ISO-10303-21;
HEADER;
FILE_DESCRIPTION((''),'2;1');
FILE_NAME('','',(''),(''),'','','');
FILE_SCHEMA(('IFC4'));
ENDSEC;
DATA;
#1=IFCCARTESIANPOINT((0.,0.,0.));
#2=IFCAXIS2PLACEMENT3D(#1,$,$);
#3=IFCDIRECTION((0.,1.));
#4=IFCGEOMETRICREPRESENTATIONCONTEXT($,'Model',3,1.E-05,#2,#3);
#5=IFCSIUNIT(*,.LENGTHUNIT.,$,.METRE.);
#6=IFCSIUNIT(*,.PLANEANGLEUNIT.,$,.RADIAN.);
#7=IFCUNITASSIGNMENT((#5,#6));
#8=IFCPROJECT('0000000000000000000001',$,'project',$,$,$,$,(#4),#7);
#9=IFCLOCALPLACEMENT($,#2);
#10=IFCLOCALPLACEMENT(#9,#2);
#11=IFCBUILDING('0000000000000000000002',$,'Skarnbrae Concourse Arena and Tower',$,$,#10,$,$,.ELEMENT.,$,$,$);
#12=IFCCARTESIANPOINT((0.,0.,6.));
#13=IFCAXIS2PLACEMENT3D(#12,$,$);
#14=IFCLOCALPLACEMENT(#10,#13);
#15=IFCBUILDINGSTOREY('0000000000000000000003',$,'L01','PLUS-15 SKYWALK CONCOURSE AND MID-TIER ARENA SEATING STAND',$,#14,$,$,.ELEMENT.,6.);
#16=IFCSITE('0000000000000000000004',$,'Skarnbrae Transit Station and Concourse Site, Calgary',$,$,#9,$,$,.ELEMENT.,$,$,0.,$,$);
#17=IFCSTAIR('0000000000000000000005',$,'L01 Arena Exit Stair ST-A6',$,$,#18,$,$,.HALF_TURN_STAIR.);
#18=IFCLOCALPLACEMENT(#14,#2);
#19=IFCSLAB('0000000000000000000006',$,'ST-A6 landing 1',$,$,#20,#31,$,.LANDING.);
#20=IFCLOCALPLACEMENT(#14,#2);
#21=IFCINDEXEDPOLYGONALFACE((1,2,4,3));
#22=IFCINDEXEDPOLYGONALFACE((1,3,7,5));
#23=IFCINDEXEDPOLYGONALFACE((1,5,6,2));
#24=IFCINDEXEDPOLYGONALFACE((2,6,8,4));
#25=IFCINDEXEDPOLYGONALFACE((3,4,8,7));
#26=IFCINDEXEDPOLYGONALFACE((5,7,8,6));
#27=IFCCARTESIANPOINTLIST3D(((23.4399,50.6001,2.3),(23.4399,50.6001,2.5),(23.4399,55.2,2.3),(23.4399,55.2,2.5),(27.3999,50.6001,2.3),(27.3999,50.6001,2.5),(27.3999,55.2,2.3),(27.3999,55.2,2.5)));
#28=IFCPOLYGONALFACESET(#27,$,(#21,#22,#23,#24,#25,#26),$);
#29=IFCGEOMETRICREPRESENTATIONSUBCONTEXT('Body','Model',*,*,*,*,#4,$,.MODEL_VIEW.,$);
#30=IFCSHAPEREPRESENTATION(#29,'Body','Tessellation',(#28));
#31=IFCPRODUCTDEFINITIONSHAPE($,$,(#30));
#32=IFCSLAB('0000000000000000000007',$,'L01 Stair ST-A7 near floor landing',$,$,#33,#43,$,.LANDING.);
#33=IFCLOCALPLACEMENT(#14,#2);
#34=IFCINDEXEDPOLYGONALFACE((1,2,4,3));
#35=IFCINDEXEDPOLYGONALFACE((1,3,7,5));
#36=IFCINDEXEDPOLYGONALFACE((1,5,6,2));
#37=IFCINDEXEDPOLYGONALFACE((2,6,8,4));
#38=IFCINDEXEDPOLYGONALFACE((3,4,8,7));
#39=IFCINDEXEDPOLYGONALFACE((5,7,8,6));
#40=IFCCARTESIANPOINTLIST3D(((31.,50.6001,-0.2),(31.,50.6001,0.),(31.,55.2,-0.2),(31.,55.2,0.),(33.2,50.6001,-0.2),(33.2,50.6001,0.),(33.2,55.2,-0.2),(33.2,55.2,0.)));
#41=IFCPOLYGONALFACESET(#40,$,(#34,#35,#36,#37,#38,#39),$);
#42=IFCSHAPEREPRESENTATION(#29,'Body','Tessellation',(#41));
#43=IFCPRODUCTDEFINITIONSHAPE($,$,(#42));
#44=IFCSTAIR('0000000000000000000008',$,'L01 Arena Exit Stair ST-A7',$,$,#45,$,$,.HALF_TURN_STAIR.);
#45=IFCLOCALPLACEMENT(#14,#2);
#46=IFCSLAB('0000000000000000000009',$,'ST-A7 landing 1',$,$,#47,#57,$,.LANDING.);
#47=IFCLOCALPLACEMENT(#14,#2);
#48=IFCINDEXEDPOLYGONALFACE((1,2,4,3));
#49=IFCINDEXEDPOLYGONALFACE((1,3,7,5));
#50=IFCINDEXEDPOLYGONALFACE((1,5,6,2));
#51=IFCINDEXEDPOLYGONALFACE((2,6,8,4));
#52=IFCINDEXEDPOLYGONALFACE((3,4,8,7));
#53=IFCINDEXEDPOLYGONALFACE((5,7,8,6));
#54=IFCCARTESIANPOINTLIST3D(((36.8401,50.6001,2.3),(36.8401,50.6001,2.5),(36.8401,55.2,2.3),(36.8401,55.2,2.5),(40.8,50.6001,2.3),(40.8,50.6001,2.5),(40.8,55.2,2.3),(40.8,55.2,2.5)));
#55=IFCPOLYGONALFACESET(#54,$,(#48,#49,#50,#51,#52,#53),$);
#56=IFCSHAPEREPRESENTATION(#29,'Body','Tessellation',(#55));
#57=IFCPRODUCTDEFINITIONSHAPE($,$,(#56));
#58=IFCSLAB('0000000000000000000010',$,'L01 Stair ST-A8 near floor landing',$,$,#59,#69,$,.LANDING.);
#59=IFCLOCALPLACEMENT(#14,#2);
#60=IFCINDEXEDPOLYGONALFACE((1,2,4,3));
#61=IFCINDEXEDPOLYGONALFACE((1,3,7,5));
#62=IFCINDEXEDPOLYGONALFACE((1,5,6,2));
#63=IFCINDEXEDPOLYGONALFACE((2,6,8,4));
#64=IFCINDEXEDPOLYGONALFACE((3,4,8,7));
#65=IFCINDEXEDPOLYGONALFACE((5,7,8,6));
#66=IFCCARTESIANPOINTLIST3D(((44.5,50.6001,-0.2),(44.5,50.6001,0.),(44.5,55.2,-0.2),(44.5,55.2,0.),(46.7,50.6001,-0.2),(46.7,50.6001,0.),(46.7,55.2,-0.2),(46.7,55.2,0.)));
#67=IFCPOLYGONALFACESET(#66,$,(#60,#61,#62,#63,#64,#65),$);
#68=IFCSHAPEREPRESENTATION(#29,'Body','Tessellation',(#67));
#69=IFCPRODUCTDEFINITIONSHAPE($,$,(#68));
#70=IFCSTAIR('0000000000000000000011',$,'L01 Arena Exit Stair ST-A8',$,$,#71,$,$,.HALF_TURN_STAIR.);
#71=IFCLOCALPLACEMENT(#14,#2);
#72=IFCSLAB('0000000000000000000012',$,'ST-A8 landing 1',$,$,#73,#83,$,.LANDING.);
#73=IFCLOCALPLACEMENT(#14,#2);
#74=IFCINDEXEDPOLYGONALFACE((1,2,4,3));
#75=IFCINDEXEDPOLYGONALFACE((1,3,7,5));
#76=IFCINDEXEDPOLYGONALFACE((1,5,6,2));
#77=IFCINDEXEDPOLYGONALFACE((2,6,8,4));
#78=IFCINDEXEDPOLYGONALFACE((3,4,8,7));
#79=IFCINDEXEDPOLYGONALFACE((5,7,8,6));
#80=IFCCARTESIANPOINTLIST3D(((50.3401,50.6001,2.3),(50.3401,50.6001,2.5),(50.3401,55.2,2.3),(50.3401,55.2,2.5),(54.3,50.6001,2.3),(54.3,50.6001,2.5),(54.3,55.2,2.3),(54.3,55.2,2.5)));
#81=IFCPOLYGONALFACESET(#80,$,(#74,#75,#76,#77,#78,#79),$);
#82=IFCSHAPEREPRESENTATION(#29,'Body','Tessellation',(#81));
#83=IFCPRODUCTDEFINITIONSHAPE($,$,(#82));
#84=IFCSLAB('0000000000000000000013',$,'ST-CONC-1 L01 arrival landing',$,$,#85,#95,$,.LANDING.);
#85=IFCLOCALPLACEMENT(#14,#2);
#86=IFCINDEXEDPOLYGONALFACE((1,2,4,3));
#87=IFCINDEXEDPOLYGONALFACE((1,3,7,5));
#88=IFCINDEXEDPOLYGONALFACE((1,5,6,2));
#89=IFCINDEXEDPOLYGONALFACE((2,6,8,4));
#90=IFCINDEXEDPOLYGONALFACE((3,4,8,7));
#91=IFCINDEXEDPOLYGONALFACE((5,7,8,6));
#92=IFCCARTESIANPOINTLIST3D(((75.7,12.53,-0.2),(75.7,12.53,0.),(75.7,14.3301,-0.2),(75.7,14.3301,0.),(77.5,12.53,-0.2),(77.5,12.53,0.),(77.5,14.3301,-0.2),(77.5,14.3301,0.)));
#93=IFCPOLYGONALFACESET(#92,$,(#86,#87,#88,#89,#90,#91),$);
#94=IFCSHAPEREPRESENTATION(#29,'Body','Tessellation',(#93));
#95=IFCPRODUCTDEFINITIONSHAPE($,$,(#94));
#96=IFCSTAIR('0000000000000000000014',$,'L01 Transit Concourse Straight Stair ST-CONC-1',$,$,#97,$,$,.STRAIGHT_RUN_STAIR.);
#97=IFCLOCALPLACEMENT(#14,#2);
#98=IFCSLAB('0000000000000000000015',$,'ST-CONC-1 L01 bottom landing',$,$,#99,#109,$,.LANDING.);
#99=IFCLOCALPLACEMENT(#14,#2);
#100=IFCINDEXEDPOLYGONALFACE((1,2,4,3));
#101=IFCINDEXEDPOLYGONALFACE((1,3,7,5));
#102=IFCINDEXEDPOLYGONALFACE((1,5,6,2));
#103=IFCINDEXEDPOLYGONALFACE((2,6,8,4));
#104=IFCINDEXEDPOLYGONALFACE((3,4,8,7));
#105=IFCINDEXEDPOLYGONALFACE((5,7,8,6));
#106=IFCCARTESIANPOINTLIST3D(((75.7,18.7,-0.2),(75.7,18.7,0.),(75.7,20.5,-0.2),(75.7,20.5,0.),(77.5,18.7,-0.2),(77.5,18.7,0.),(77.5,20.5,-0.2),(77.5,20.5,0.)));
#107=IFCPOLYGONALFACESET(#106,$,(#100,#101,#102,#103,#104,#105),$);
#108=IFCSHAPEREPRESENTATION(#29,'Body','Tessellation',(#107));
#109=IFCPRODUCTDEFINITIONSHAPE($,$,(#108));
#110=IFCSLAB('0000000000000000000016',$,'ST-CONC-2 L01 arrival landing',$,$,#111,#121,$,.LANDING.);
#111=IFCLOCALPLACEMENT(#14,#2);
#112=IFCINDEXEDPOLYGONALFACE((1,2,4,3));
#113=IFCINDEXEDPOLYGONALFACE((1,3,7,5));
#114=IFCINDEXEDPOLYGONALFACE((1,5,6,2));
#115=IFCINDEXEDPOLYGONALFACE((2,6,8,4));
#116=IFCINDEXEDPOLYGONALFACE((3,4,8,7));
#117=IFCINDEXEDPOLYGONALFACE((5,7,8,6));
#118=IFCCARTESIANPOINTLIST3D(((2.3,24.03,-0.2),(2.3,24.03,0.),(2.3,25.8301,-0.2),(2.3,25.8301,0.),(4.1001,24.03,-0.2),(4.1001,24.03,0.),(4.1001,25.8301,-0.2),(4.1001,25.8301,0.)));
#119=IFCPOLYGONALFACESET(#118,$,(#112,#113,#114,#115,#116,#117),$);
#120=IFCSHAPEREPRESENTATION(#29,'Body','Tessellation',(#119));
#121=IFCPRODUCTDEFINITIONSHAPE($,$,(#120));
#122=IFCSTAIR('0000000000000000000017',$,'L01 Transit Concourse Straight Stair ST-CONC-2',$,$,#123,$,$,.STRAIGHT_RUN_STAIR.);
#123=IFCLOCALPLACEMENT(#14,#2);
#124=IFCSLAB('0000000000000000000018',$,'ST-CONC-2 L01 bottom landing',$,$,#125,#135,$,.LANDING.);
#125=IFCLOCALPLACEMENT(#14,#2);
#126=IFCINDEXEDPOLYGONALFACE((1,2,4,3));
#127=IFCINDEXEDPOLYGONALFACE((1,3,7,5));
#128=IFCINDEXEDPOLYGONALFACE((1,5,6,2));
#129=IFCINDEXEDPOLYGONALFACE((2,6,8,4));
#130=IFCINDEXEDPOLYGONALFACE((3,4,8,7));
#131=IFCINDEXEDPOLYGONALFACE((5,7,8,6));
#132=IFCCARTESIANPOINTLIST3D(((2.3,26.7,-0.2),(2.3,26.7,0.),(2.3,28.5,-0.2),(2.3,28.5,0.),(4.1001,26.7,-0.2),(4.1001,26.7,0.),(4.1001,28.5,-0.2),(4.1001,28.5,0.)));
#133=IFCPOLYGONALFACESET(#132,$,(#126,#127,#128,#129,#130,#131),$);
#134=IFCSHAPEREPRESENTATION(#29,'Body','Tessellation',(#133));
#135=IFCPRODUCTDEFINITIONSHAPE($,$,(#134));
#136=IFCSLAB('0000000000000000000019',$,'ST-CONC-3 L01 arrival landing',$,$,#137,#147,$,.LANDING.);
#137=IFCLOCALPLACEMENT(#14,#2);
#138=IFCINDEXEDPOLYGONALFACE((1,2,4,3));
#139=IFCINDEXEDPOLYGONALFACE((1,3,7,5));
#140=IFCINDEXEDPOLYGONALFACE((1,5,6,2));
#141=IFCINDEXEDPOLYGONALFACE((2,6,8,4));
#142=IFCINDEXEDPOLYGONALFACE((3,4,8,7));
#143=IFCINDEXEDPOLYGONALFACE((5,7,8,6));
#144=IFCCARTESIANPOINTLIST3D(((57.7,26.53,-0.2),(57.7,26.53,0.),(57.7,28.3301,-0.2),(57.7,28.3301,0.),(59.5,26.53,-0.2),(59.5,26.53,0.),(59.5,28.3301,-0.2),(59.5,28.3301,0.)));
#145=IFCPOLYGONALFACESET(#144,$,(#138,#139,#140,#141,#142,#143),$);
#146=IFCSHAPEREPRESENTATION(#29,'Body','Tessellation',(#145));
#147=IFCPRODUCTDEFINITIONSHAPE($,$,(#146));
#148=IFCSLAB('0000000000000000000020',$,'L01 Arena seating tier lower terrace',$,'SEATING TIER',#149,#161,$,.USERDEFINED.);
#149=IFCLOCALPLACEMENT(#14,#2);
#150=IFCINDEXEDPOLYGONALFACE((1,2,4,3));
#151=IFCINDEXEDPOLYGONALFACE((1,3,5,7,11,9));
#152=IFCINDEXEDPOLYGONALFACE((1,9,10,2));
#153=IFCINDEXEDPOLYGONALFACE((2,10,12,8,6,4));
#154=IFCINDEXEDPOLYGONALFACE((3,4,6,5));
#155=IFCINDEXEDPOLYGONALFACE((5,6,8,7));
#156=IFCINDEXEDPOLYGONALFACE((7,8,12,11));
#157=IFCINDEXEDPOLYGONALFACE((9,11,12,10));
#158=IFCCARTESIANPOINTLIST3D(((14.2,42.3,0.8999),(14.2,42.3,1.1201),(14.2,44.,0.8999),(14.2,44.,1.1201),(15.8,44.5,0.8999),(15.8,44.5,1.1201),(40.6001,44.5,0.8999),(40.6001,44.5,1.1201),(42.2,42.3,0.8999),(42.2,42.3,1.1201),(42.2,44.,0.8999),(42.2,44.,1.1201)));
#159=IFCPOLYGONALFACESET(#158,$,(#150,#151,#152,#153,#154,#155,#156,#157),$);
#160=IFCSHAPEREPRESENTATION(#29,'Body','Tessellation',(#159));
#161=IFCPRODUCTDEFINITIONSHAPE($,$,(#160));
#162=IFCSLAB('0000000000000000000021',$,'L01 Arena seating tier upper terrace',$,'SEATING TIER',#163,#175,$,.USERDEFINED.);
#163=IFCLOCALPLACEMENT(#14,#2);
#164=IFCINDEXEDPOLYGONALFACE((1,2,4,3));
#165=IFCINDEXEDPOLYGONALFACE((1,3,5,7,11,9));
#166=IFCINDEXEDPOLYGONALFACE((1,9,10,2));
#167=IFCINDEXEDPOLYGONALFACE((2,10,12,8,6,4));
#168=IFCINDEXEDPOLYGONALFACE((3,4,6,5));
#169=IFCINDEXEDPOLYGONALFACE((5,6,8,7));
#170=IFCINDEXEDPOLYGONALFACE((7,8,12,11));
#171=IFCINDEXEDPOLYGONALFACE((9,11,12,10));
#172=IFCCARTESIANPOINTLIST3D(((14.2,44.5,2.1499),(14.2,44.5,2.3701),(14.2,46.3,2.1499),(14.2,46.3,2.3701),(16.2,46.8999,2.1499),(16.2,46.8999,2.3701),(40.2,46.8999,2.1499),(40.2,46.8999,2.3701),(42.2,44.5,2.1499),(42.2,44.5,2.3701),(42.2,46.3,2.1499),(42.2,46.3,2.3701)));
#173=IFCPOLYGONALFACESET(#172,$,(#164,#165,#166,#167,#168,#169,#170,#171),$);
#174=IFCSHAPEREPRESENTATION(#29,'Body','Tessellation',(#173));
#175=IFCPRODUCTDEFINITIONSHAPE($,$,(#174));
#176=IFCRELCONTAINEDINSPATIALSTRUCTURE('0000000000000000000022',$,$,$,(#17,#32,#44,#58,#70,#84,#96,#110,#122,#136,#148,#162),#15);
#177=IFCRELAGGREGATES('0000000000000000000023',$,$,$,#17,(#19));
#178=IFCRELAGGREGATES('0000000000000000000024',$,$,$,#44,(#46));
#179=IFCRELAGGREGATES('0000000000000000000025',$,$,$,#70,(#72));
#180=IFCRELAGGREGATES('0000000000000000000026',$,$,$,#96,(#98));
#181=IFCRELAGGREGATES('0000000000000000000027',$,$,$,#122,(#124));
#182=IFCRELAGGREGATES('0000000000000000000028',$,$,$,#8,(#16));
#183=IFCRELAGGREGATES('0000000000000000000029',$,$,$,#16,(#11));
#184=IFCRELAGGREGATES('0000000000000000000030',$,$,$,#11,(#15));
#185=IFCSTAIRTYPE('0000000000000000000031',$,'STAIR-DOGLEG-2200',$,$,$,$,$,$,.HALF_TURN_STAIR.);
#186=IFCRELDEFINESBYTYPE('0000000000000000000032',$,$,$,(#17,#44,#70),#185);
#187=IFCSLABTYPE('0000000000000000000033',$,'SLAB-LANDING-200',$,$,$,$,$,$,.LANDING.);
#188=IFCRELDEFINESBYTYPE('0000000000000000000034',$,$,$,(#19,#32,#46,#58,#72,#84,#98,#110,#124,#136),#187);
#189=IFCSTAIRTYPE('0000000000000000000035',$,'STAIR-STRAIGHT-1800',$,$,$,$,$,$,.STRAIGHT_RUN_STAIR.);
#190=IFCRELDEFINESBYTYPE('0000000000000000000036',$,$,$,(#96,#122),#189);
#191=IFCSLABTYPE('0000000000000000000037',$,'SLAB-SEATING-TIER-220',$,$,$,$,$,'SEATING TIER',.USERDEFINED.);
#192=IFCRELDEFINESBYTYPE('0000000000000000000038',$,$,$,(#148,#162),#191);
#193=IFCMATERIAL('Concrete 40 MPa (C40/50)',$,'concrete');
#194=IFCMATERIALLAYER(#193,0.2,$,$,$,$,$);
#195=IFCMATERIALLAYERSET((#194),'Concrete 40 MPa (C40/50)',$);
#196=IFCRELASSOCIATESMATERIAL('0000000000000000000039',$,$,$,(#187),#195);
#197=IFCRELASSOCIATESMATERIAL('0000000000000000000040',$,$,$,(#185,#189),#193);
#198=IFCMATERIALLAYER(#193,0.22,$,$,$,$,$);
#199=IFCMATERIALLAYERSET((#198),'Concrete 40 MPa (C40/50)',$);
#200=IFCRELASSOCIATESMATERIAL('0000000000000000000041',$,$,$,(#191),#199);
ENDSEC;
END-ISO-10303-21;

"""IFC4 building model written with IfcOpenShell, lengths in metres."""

from ifc_helpers import new_model, si_unit, direction, frame, origin, place, context, subcontext, project, spatial, polyline, outline, extrude, material, layer, layer_set, type_object, element, aggregate, save


model = new_model("IFC4")

# Units and contexts
model_context = context("Model", 3, precision=1e-05, world=origin(), true_north=direction((0.0, 1.0)))
body_context = subcontext(model_context, "Body", "Model", "MODEL_VIEW")
ifc_project = project(units=[si_unit("LENGTHUNIT", "METRE"), si_unit("PLANEANGLEUNIT", "RADIAN")], contexts=[model_context])

# Site, building, storey
site_placement = place(None, origin())
site = spatial("IfcSite", under=ifc_project, at=site_placement, Name="Skarnbrae Transit Station and Concourse Site, Calgary", CompositionType="ELEMENT", RefElevation=0.0)
building_placement = place(site_placement, origin())
building = spatial("IfcBuilding", under=site, at=building_placement, Name="Skarnbrae Concourse Arena and Tower", CompositionType="ELEMENT")
storey_placement = place(building_placement, frame((0.0, 0.0, 6.0)))
storey = spatial("IfcBuildingStorey", under=building, at=storey_placement, Name="L01", Description="PLUS-15 SKYWALK CONCOURSE AND MID-TIER ARENA SEATING STAND", CompositionType="ELEMENT", Elevation=6.0)

# Shared definitions
ifc_material = material(Name="Concrete 40 MPa (C40/50)", Category="concrete")
ifc_layer_1 = layer(ifc_material, 0.2)
ifc_layer_set_1 = layer_set([ifc_layer_1], Name="Concrete 40 MPa (C40/50)")
slab_type_1 = type_object("IfcSlabType", Name="SLAB-LANDING-200", PredefinedType="LANDING", material=ifc_layer_set_1)

# Shared definitions
stair_type_1 = type_object("IfcStairType", Name="STAIR-DOGLEG-2200", PredefinedType="HALF_TURN_STAIR", material=ifc_material)

# Stair, slab
stair_1_placement = place(storey_placement, origin())
stair_1 = element("IfcStair", 1, at=stair_1_placement, inside=storey, type_object=stair_type_1, Name="L01 Arena Exit Stair ST-A6", PredefinedType="HALF_TURN_STAIR")
slab_1_placement = place(storey_placement, frame((0.0, 0.0, 2.3)))
slab_1 = element("IfcSlab", 2, at=slab_1_placement, type_object=slab_type_1, Name="ST-A6 landing 1", PredefinedType="LANDING", context=body_context, shape_type="SweptSolid", body=[
    extrude(outline(polyline([(23.4399, 50.6001), (27.3999, 50.6001), (27.3999, 55.2), (23.4399, 55.2), (23.4399, 50.6001)])), origin(), (0.0, 0.0, 1.0), 0.2),
])
aggregate(stair_1, [slab_1])

# Slab
slab_2_placement = place(storey_placement, frame((0.0, 0.0, -0.2)))
element("IfcSlab", 3, at=slab_2_placement, inside=storey, type_object=slab_type_1, Name="L01 Stair ST-A7 near floor landing", PredefinedType="LANDING", context=body_context, shape_type="SweptSolid", body=[
    extrude(outline(polyline([(31.0, 50.6001), (33.2, 50.6001), (33.2, 55.2), (31.0, 55.2), (31.0, 50.6001)])), origin(), (0.0, 0.0, 1.0), 0.2),
])

# Stair, slab
stair_2_placement = place(storey_placement, origin())
stair_2 = element("IfcStair", 4, at=stair_2_placement, inside=storey, type_object=stair_type_1, Name="L01 Arena Exit Stair ST-A7", PredefinedType="HALF_TURN_STAIR")
slab_3_placement = place(storey_placement, frame((0.0, 0.0, 2.3)))
slab_3 = element("IfcSlab", 5, at=slab_3_placement, type_object=slab_type_1, Name="ST-A7 landing 1", PredefinedType="LANDING", context=body_context, shape_type="SweptSolid", body=[
    extrude(outline(polyline([(36.8401, 50.6001), (40.8, 50.6001), (40.8, 55.2), (36.8401, 55.2), (36.8401, 50.6001)])), origin(), (0.0, 0.0, 1.0), 0.2),
])
aggregate(stair_2, [slab_3])

# Slab
slab_4_placement = place(storey_placement, frame((0.0, 0.0, -0.2)))
element("IfcSlab", 6, at=slab_4_placement, inside=storey, type_object=slab_type_1, Name="L01 Stair ST-A8 near floor landing", PredefinedType="LANDING", context=body_context, shape_type="SweptSolid", body=[
    extrude(outline(polyline([(44.5, 50.6001), (46.7, 50.6001), (46.7, 55.2), (44.5, 55.2), (44.5, 50.6001)])), origin(), (0.0, 0.0, 1.0), 0.2),
])

# Stair, slab
stair_3_placement = place(storey_placement, origin())
stair_3 = element("IfcStair", 7, at=stair_3_placement, inside=storey, type_object=stair_type_1, Name="L01 Arena Exit Stair ST-A8", PredefinedType="HALF_TURN_STAIR")
slab_5_placement = place(storey_placement, frame((0.0, 0.0, 2.3)))
slab_5 = element("IfcSlab", 8, at=slab_5_placement, type_object=slab_type_1, Name="ST-A8 landing 1", PredefinedType="LANDING", context=body_context, shape_type="SweptSolid", body=[
    extrude(outline(polyline([(50.3401, 50.6001), (54.3, 50.6001), (54.3, 55.2), (50.3401, 55.2), (50.3401, 50.6001)])), origin(), (0.0, 0.0, 1.0), 0.2),
])
aggregate(stair_3, [slab_5])

# Slab
slab_6_placement = place(storey_placement, frame((0.0, 0.0, -0.2)))
element("IfcSlab", 9, at=slab_6_placement, inside=storey, type_object=slab_type_1, Name="ST-CONC-1 L01 arrival landing", PredefinedType="LANDING", context=body_context, shape_type="SweptSolid", body=[
    extrude(outline(polyline([(75.7, 12.53), (77.5, 12.53), (77.5, 14.3301), (75.7, 14.3301), (75.7, 12.53)])), origin(), (0.0, 0.0, 1.0), 0.2),
])

# Stair, slab
stair_type_2 = type_object("IfcStairType", Name="STAIR-STRAIGHT-1800", PredefinedType="STRAIGHT_RUN_STAIR", material=ifc_material)
stair_4_placement = place(storey_placement, origin())
stair_4 = element("IfcStair", 10, at=stair_4_placement, inside=storey, type_object=stair_type_2, Name="L01 Transit Concourse Straight Stair ST-CONC-1", PredefinedType="STRAIGHT_RUN_STAIR")
slab_7_placement = place(storey_placement, frame((0.0, 0.0, -0.2)))
slab_7 = element("IfcSlab", 11, at=slab_7_placement, type_object=slab_type_1, Name="ST-CONC-1 L01 bottom landing", PredefinedType="LANDING", context=body_context, shape_type="SweptSolid", body=[
    extrude(outline(polyline([(75.7, 18.7), (77.5, 18.7), (77.5, 20.5), (75.7, 20.5), (75.7, 18.7)])), origin(), (0.0, 0.0, 1.0), 0.2),
])
aggregate(stair_4, [slab_7])

# Slab
slab_8_placement = place(storey_placement, frame((0.0, 0.0, -0.2)))
element("IfcSlab", 12, at=slab_8_placement, inside=storey, type_object=slab_type_1, Name="ST-CONC-2 L01 arrival landing", PredefinedType="LANDING", context=body_context, shape_type="SweptSolid", body=[
    extrude(outline(polyline([(2.3, 24.03), (4.1001, 24.03), (4.1001, 25.8301), (2.3, 25.8301), (2.3, 24.03)])), origin(), (0.0, 0.0, 1.0), 0.2),
])

# Stair, slab
stair_5_placement = place(storey_placement, origin())
stair_5 = element("IfcStair", 13, at=stair_5_placement, inside=storey, type_object=stair_type_2, Name="L01 Transit Concourse Straight Stair ST-CONC-2", PredefinedType="STRAIGHT_RUN_STAIR")
slab_9_placement = place(storey_placement, frame((0.0, 0.0, -0.2)))
slab_9 = element("IfcSlab", 14, at=slab_9_placement, type_object=slab_type_1, Name="ST-CONC-2 L01 bottom landing", PredefinedType="LANDING", context=body_context, shape_type="SweptSolid", body=[
    extrude(outline(polyline([(2.3, 26.7), (4.1001, 26.7), (4.1001, 28.5), (2.3, 28.5), (2.3, 26.7)])), origin(), (0.0, 0.0, 1.0), 0.2),
])
aggregate(stair_5, [slab_9])

# Slabs
slab_10_placement = place(storey_placement, frame((0.0, 0.0, -0.2)))
element("IfcSlab", 15, at=slab_10_placement, inside=storey, type_object=slab_type_1, Name="ST-CONC-3 L01 arrival landing", PredefinedType="LANDING", context=body_context, shape_type="SweptSolid", body=[
    extrude(outline(polyline([(57.7, 26.53), (59.5, 26.53), (59.5, 28.3301), (57.7, 28.3301), (57.7, 26.53)])), origin(), (0.0, 0.0, 1.0), 0.2),
])
ifc_layer_2 = layer(ifc_material, 0.22)
ifc_layer_set_2 = layer_set([ifc_layer_2], Name="Concrete 40 MPa (C40/50)")
slab_type_2 = type_object("IfcSlabType", Name="SLAB-SEATING-TIER-220", ElementType="SEATING TIER", PredefinedType="USERDEFINED", material=ifc_layer_set_2)
slab_11_placement = place(storey_placement, frame((0.0, 0.0, 0.8999)))
element("IfcSlab", 16, at=slab_11_placement, inside=storey, type_object=slab_type_2, Name="L01 Arena seating tier lower terrace", ObjectType="SEATING TIER", PredefinedType="USERDEFINED", context=body_context, shape_type="SweptSolid", body=[
    extrude(outline(polyline([(14.2, 42.3), (42.2, 42.3), (42.2, 44.0), (40.6001, 44.5), (15.8, 44.5), (14.2, 44.0), (14.2, 42.3)])), origin(), (0.0, 0.0, 1.0), 0.2202),
])
slab_12_placement = place(storey_placement, frame((0.0, 0.0, 2.1499)))
element("IfcSlab", 17, at=slab_12_placement, inside=storey, type_object=slab_type_2, Name="L01 Arena seating tier upper terrace", ObjectType="SEATING TIER", PredefinedType="USERDEFINED", context=body_context, shape_type="SweptSolid", body=[
    extrude(outline(polyline([(14.2, 44.5), (42.2, 44.5), (42.2, 46.3), (40.2, 46.8999), (16.2, 46.8999), (14.2, 46.3), (14.2, 44.5)])), origin(), (0.0, 0.0, 1.0), 0.2202),
])

save(model, "model.ifc")
